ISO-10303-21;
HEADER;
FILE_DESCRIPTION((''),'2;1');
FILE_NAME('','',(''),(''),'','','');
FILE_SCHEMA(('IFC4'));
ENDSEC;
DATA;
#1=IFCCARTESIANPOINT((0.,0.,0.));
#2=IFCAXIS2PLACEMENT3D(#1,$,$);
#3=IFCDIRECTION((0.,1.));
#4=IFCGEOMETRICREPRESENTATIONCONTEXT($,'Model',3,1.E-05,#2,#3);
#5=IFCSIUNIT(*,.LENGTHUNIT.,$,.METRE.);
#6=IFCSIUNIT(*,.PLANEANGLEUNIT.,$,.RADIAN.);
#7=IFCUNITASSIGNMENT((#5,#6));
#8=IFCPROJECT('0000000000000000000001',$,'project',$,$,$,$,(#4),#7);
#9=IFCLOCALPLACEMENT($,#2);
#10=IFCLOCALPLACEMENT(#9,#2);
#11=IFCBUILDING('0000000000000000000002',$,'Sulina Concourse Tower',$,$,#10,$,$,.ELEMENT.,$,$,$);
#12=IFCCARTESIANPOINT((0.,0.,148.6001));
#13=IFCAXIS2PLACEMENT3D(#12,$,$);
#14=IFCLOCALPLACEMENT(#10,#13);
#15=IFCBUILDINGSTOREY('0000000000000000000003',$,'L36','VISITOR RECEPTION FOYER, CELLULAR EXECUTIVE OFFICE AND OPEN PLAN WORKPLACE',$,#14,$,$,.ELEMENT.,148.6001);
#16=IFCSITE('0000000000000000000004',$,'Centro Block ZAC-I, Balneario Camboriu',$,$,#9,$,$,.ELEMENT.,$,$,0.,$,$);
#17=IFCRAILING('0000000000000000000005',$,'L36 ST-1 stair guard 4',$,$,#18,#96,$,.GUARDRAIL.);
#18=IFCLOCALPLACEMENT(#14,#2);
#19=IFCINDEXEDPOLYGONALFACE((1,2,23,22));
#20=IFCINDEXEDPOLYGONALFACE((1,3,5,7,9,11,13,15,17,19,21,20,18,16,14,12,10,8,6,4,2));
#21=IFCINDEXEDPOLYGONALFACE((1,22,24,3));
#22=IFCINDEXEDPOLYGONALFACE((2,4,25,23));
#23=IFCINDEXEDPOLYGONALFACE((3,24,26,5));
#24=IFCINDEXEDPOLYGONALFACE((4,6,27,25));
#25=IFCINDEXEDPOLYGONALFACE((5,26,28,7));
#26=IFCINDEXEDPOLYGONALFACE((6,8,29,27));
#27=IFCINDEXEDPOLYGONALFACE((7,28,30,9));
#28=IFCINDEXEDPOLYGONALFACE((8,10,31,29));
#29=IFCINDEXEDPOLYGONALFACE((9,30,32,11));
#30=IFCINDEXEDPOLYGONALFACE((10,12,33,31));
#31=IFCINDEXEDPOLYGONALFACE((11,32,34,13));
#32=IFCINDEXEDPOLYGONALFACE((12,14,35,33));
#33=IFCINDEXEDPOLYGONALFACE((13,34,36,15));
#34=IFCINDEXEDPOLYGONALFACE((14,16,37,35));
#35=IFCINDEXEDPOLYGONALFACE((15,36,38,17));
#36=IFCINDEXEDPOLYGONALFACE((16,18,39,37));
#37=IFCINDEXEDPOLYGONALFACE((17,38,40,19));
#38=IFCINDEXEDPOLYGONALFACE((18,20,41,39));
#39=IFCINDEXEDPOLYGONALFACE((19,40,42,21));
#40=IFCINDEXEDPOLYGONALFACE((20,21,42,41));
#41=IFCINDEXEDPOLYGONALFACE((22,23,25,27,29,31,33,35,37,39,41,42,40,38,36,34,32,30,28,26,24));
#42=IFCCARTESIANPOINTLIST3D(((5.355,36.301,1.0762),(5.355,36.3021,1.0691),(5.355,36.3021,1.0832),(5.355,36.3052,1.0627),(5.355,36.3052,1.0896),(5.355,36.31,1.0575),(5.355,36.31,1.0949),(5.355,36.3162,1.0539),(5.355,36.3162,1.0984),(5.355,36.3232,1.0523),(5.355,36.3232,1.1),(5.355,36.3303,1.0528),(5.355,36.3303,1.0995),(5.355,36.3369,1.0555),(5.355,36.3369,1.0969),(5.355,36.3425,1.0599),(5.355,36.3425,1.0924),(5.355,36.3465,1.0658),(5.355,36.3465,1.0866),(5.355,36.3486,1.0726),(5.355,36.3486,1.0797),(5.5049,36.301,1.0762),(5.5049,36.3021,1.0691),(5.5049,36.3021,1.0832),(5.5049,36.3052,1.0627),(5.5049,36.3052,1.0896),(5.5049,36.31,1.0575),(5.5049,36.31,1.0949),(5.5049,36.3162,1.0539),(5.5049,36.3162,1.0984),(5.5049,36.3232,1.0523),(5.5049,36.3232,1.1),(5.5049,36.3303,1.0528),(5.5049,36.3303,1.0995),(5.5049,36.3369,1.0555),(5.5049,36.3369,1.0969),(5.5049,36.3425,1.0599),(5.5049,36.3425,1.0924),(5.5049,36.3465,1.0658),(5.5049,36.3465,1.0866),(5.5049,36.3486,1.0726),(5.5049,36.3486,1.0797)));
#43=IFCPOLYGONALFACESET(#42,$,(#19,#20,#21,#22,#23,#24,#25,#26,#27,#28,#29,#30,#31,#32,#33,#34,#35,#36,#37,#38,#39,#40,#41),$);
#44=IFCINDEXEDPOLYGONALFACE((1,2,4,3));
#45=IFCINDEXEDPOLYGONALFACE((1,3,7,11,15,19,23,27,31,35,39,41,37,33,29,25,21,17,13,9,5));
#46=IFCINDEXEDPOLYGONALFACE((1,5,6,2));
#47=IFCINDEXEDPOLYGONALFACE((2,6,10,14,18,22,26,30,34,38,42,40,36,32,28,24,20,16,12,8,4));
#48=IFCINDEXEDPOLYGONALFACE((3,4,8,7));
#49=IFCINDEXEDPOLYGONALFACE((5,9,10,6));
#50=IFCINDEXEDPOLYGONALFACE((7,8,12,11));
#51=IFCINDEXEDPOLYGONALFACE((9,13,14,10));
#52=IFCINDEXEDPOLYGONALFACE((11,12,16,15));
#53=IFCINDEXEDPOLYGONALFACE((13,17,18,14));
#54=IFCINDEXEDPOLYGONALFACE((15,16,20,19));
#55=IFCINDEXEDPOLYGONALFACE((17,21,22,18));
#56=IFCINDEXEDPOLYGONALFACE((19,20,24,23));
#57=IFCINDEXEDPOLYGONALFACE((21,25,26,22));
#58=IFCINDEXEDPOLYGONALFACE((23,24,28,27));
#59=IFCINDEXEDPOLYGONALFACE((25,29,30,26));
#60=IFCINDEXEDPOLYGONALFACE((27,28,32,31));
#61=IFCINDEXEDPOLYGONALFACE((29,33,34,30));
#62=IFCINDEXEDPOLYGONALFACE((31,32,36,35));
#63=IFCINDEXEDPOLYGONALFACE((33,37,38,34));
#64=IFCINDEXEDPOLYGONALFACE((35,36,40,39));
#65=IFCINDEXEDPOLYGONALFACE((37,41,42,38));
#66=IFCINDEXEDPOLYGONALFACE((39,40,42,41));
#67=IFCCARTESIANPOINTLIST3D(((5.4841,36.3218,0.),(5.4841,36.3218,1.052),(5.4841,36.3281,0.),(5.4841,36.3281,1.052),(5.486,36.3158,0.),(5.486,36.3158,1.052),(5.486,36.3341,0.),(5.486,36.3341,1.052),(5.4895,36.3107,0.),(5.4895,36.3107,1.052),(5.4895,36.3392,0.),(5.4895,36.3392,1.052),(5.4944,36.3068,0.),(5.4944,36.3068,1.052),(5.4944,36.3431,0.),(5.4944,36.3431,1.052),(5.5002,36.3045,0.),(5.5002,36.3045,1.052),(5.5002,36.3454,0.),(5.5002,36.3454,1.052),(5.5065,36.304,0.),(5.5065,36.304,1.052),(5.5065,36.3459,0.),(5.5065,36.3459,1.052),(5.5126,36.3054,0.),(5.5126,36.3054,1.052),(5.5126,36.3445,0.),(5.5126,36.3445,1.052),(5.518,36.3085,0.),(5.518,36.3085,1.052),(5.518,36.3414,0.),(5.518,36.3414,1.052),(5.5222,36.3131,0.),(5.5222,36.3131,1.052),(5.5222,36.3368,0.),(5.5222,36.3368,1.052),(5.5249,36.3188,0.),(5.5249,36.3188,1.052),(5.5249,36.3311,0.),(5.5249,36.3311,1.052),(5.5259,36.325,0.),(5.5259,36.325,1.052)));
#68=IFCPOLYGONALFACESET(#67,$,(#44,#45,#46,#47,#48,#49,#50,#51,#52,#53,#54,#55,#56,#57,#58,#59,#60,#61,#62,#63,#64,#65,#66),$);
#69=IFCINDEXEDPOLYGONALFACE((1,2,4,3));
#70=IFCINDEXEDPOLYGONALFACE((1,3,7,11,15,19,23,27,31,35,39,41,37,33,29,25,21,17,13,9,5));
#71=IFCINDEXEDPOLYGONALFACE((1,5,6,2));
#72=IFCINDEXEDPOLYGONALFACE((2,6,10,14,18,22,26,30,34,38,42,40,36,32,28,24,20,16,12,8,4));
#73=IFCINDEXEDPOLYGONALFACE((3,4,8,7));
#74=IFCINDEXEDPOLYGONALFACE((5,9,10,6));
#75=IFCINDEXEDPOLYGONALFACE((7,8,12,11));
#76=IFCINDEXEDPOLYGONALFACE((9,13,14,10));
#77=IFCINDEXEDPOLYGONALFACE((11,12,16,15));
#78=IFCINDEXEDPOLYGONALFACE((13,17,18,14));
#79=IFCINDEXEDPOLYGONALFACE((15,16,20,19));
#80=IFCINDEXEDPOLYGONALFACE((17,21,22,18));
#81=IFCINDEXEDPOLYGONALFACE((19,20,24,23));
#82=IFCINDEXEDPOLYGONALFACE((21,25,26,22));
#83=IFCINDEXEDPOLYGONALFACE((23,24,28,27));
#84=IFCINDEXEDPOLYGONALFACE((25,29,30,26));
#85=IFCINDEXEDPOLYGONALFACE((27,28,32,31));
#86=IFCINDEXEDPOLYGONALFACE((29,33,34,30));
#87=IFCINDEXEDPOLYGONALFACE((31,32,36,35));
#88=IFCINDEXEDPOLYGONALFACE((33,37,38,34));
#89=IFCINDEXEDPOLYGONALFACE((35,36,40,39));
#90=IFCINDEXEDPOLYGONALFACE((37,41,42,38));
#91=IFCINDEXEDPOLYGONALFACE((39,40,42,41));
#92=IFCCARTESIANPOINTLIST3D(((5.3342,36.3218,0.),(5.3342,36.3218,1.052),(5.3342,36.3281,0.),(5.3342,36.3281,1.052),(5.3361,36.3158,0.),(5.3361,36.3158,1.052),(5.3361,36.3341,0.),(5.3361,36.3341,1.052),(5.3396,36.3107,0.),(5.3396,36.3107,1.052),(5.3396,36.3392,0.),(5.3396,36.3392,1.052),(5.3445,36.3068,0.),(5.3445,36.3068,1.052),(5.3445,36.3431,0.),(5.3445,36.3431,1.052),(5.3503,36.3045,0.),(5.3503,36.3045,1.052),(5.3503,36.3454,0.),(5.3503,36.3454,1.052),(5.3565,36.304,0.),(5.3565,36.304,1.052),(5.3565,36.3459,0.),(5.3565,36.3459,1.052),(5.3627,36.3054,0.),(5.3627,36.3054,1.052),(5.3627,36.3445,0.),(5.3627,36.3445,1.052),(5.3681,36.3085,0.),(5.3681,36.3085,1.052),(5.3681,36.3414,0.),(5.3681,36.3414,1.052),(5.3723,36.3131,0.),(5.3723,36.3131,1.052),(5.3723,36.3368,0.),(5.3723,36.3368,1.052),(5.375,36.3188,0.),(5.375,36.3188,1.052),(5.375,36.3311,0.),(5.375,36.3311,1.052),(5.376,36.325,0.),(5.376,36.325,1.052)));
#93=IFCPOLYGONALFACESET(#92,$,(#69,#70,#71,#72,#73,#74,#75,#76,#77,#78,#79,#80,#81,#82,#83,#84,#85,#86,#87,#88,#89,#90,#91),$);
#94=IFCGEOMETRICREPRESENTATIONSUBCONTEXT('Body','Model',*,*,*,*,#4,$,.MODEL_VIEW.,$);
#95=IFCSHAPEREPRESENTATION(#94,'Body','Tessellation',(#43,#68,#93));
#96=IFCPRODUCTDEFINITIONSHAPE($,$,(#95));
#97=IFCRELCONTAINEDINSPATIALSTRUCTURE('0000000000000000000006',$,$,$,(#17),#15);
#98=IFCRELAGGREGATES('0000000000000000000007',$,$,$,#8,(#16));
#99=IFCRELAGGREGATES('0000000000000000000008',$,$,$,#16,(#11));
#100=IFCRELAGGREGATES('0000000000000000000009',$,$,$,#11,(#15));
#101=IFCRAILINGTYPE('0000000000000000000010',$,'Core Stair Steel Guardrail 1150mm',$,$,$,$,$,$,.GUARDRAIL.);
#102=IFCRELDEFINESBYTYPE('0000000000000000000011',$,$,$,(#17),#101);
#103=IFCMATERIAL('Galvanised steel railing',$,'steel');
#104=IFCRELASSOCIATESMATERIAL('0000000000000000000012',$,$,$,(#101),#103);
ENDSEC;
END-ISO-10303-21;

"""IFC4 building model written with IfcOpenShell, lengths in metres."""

from ifc_helpers import new_model, si_unit, direction, frame, origin, origin_2d, place, context, subcontext, project, spatial, circle, extrude, material, type_object, element, save


model = new_model("IFC4")

# Units and contexts
model_context = context("Model", 3, precision=1e-05, world=origin(), true_north=direction((0.0, 1.0)))
body_context = subcontext(model_context, "Body", "Model", "MODEL_VIEW")
ifc_project = project(units=[si_unit("LENGTHUNIT", "METRE"), si_unit("PLANEANGLEUNIT", "RADIAN")], contexts=[model_context])

# Site, building, storey
site_placement = place(None, origin())
site = spatial("IfcSite", under=ifc_project, at=site_placement, Name="Centro Block ZAC-I, Balneario Camboriu", CompositionType="ELEMENT", RefElevation=0.0)
building_placement = place(site_placement, origin())
building = spatial("IfcBuilding", under=site, at=building_placement, Name="Sulina Concourse Tower", CompositionType="ELEMENT")
storey_placement = place(building_placement, frame((0.0, 0.0, 148.6001)))
storey = spatial("IfcBuildingStorey", under=building, at=storey_placement, Name="L36", Description="VISITOR RECEPTION FOYER, CELLULAR EXECUTIVE OFFICE AND OPEN PLAN WORKPLACE", CompositionType="ELEMENT", Elevation=148.6001)

# Railing
ifc_material_1 = material(Name="Galvanised steel railing", Category="steel")
railing_type_1 = type_object("IfcRailingType", Name="Core Stair Steel Guardrail 1150mm", PredefinedType="GUARDRAIL", material=ifc_material_1)
railing_1_placement = place(storey_placement, frame((5.5049, 36.325, 0.0)))
element("IfcRailing", 1, at=railing_1_placement, inside=storey, type_object=railing_type_1, Name="L36 ST-1 stair guard 4", PredefinedType="GUARDRAIL", context=body_context, shape_type="SweptSolid", body=[
    extrude(circle(Radius=0.0239, at=origin_2d()), frame((0.0, 0.0, 1.0762), z_axis=(-1.0, 0.0, 0.0), x_axis=(0.0, -1.0, 0.0)), (0.0, 0.0, 1.0), 0.1499),
    extrude(circle(Radius=0.021, at=origin_2d()), origin(), (0.0, 0.0, 1.0), 1.052),
    extrude(circle(Radius=0.021, at=origin_2d()), frame((-0.1499, 0.0, 0.0)), (0.0, 0.0, 1.0), 1.052),
])

save(model, "model.ifc")
